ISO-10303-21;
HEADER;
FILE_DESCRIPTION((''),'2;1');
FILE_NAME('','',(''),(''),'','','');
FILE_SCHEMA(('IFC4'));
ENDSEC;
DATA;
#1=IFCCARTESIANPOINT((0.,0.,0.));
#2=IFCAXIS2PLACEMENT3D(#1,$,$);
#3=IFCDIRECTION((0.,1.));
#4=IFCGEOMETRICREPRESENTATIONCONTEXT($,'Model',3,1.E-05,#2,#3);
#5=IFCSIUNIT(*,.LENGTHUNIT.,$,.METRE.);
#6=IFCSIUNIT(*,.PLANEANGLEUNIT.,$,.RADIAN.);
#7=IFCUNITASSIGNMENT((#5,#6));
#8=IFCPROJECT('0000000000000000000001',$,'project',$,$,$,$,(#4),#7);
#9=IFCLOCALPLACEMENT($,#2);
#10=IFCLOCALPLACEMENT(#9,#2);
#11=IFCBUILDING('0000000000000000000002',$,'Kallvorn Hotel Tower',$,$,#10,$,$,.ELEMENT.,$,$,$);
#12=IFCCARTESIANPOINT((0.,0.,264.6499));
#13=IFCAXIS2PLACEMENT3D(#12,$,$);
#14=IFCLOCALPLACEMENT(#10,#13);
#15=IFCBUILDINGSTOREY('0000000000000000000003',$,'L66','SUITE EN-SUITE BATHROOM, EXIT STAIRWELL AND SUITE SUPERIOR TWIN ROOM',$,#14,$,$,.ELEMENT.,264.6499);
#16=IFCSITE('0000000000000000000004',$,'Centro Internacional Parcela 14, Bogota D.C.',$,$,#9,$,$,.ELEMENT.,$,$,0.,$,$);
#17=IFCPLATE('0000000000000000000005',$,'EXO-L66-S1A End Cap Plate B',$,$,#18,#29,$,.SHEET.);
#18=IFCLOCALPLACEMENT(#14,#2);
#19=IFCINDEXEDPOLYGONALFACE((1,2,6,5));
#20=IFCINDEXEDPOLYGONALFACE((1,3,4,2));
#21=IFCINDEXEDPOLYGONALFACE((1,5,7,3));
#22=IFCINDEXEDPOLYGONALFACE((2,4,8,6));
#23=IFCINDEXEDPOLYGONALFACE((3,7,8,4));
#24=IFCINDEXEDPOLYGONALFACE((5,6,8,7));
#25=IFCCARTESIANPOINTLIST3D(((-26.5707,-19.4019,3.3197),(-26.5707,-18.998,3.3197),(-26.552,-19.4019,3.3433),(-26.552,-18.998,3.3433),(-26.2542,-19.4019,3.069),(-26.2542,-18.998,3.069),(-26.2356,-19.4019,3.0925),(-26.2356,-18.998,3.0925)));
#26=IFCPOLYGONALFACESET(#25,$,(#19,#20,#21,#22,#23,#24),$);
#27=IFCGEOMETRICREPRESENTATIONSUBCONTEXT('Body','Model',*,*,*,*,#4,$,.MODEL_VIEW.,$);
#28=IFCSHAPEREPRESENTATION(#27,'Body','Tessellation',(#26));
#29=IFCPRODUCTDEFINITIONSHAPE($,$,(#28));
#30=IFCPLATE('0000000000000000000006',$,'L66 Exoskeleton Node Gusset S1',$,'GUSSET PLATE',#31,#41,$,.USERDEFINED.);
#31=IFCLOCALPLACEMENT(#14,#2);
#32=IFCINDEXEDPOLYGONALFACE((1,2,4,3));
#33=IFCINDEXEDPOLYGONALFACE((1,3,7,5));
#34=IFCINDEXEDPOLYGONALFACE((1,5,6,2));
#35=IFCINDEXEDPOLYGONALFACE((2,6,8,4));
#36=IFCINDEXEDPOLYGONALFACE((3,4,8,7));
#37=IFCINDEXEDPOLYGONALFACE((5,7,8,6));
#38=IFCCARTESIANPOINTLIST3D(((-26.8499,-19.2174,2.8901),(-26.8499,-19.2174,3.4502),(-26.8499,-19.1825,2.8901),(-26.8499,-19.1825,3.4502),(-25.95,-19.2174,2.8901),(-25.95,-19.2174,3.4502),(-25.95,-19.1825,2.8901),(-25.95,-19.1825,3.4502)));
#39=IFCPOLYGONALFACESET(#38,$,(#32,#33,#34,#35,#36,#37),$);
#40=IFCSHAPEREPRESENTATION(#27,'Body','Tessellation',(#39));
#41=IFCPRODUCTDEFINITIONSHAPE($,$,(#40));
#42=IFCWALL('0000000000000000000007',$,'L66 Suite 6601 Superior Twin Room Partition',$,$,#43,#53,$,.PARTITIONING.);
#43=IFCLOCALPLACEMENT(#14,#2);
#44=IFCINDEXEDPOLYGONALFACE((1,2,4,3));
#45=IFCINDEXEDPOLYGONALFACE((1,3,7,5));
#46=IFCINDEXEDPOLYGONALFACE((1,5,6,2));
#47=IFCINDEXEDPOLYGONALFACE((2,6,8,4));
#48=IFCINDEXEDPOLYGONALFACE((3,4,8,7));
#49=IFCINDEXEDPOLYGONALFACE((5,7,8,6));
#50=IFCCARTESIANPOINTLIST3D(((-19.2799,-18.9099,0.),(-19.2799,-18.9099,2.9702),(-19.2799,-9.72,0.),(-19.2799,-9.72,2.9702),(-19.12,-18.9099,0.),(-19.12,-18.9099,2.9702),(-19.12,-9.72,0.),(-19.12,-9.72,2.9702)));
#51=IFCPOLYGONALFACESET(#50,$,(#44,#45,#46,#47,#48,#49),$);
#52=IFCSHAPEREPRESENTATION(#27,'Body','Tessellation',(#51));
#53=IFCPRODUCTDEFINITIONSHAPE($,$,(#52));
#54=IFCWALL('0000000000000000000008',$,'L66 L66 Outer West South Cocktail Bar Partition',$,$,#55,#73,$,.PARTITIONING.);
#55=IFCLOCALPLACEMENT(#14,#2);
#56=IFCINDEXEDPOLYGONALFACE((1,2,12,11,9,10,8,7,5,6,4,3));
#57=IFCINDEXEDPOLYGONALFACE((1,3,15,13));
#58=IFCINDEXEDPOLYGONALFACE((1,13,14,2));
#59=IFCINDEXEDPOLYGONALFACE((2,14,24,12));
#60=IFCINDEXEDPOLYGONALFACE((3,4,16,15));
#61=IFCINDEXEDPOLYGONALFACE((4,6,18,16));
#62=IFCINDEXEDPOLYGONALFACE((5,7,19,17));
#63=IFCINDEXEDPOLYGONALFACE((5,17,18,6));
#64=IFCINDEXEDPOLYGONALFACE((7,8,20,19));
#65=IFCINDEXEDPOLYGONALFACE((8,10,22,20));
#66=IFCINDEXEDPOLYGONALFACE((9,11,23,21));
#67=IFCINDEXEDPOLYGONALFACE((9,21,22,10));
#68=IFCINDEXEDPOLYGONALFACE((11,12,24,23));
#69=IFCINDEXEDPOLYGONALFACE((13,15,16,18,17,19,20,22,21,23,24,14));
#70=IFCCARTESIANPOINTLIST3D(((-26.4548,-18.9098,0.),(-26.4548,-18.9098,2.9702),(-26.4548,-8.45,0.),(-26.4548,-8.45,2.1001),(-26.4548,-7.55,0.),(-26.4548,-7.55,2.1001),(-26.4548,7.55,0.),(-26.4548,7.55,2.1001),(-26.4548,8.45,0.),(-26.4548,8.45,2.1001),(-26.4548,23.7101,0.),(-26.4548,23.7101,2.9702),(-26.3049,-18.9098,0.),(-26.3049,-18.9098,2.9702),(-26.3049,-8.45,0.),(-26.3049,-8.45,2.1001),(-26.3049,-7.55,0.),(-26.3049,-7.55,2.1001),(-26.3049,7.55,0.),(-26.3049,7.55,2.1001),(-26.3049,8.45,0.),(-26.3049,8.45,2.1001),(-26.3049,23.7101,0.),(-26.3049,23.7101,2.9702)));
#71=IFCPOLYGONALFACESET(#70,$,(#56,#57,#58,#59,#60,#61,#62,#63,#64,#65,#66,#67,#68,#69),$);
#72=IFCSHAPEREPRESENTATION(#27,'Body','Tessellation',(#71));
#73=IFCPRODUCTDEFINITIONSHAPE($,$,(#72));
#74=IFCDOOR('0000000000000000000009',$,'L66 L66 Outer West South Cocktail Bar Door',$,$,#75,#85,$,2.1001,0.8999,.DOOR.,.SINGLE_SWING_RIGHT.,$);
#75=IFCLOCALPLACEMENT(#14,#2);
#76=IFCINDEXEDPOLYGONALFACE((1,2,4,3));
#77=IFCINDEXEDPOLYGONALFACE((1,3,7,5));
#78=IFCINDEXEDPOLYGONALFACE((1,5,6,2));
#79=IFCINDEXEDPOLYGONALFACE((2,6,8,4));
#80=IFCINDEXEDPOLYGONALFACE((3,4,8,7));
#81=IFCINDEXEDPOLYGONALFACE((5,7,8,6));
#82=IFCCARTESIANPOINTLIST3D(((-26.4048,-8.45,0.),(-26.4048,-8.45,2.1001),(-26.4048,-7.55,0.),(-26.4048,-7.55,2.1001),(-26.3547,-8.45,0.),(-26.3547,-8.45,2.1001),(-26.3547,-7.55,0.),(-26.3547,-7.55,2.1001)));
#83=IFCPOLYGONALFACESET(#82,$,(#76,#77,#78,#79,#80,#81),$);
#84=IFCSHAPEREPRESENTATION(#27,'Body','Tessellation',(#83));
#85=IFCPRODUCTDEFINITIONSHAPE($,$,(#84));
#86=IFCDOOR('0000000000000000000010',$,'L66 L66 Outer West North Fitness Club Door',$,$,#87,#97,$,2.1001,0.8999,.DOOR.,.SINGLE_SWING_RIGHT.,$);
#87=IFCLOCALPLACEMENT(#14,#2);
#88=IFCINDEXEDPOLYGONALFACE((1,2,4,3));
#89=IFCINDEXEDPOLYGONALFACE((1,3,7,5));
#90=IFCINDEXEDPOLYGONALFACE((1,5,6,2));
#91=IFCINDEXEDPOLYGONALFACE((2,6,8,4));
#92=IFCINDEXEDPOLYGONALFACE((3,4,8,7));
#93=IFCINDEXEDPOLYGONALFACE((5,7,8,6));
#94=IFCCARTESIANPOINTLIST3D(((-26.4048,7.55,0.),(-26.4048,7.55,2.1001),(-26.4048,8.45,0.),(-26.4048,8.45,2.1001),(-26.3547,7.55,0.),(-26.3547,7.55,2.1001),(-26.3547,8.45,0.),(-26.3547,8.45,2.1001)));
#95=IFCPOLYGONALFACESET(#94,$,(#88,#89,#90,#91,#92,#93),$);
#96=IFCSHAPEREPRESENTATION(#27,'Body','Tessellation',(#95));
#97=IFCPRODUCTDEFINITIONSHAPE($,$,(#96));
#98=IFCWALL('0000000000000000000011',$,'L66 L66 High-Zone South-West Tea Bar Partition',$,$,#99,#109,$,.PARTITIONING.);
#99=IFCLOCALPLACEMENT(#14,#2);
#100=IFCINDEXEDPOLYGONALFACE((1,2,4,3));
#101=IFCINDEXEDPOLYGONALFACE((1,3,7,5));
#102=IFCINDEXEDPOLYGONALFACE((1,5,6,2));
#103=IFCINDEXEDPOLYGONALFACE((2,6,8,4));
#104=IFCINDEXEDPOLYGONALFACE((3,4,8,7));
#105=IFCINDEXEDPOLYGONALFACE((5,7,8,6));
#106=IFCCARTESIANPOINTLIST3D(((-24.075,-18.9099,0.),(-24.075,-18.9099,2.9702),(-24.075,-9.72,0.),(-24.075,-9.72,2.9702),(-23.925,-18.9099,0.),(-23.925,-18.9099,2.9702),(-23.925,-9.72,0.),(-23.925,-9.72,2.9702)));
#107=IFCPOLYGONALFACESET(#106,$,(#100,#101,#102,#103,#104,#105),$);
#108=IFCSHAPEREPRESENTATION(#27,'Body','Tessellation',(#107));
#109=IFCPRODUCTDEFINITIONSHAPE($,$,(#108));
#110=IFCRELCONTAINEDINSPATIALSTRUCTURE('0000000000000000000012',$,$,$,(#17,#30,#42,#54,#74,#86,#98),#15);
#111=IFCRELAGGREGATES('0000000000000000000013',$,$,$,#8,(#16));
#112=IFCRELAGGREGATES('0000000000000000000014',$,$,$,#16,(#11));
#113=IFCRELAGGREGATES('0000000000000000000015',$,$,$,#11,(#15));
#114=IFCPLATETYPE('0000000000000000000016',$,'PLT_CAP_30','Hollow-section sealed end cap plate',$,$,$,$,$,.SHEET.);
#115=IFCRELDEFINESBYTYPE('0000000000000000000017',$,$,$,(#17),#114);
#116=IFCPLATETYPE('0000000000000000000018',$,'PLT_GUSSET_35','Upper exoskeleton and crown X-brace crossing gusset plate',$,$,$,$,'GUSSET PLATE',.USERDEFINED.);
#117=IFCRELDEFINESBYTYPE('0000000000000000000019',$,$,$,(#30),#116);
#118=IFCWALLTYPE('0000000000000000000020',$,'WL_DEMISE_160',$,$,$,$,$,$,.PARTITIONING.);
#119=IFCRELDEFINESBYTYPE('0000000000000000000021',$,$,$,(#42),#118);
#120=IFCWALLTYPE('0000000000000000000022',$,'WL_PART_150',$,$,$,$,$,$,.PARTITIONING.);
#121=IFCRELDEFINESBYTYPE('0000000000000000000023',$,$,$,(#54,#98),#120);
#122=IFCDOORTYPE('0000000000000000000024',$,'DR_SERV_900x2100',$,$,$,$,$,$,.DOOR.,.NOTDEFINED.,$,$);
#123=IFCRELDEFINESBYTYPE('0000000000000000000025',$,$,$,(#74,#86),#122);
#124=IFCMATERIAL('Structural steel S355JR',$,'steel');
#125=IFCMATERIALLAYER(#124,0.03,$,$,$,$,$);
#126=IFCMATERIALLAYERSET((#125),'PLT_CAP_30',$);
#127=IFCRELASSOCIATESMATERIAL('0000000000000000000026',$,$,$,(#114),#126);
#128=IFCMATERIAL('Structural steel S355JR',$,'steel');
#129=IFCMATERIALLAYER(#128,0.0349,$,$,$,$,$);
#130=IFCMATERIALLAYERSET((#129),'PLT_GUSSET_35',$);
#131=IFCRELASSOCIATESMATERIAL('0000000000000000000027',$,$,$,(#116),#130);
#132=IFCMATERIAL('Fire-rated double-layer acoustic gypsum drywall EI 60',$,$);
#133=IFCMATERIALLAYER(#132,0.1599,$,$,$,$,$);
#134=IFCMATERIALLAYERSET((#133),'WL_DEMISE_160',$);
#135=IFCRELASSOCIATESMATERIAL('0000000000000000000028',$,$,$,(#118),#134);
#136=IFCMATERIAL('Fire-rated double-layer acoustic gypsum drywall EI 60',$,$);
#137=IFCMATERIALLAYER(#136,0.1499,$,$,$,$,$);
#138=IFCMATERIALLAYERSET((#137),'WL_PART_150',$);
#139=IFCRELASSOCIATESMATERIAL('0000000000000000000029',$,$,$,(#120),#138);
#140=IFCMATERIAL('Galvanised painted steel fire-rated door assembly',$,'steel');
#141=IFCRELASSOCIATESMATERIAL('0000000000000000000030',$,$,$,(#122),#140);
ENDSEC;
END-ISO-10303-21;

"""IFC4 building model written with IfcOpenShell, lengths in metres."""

from ifc_helpers import new_model, si_unit, direction, frame, frame_2d, origin, origin_2d, place, context, subcontext, project, spatial, polyline, rectangle, outline, extrude, material, layer, layer_set, type_object, element, fill, save


model = new_model("IFC4")

# Units and contexts
model_context = context("Model", 3, precision=1e-05, world=origin(), true_north=direction((0.0, 1.0)))
body_context = subcontext(model_context, "Body", "Model", "MODEL_VIEW")
ifc_project = project(units=[si_unit("LENGTHUNIT", "METRE"), si_unit("PLANEANGLEUNIT", "RADIAN")], contexts=[model_context])

# Site, building, storey
site_placement = place(None, origin())
site = spatial("IfcSite", under=ifc_project, at=site_placement, Name="Centro Internacional Parcela 14, Bogota D.C.", CompositionType="ELEMENT", RefElevation=0.0)
building_placement = place(site_placement, origin())
building = spatial("IfcBuilding", under=site, at=building_placement, Name="Kallvorn Hotel Tower", CompositionType="ELEMENT")
storey_placement = place(building_placement, frame((0.0, 0.0, 264.6499)))
storey = spatial("IfcBuildingStorey", under=building, at=storey_placement, Name="L66", Description="SUITE EN-SUITE BATHROOM, EXIT STAIRWELL AND SUITE SUPERIOR TWIN ROOM", CompositionType="ELEMENT", Elevation=264.6499)

# Plates
ifc_material_1 = material(Name="Structural steel S355JR", Category="steel")
ifc_layer_1 = layer(ifc_material_1, 0.03)
ifc_layer_set_1 = layer_set([ifc_layer_1], Name="PLT_CAP_30")
plate_type_1 = type_object("IfcPlateType", Name="PLT_CAP_30", Description="Hollow-section sealed end cap plate", PredefinedType="SHEET", material=ifc_layer_set_1)
plate_1_placement = place(storey_placement, frame((-26.2356, -19.4019, 3.0925), z_axis=(0.621075, 0.0, 0.783751), x_axis=(0.0, 1.0, 0.0)))
element("IfcPlate", 1, at=plate_1_placement, inside=storey, type_object=plate_type_1, Name="EXO-L66-S1A End Cap Plate B", PredefinedType="SHEET", context=body_context, shape_type="SweptSolid", body=[
    extrude(outline(polyline([(0.0, 0.0), (0.4038, 0.0), (0.4038, 0.4037), (0.0, 0.4037), (0.0, 0.0)])), origin(), (0.0, 0.0, -1.0), 0.03),
])
ifc_material_2 = material(Name="Structural steel S355JR", Category="steel")
ifc_layer_2 = layer(ifc_material_2, 0.0349)
ifc_layer_set_2 = layer_set([ifc_layer_2], Name="PLT_GUSSET_35")
plate_type_2 = type_object("IfcPlateType", Name="PLT_GUSSET_35", Description="Upper exoskeleton and crown X-brace crossing gusset plate", ElementType="GUSSET PLATE", PredefinedType="USERDEFINED", material=ifc_layer_set_2)
plate_2_placement = place(storey_placement, frame((-26.3999, -19.2, 2.8901), z_axis=(0.0, 0.0, 1.0), x_axis=(1.0, 0.0, 0.0)))
element("IfcPlate", 2, at=plate_2_placement, inside=storey, type_object=plate_type_2, Name="L66 Exoskeleton Node Gusset S1", ObjectType="GUSSET PLATE", PredefinedType="USERDEFINED", context=body_context, shape_type="SweptSolid", body=[
    extrude(rectangle(XDim=0.8999, YDim=0.0349, at=origin_2d()), origin(), (0.0, 0.0, 1.0), 0.5601),
])

# Wall
ifc_material_3 = material(Name="Fire-rated double-layer acoustic gypsum drywall EI 60")
ifc_layer_3 = layer(ifc_material_3, 0.1599)
ifc_layer_set_3 = layer_set([ifc_layer_3], Name="WL_DEMISE_160")
wall_type_1 = type_object("IfcWallType", Name="WL_DEMISE_160", PredefinedType="PARTITIONING", material=ifc_layer_set_3)
wall_1_placement = place(storey_placement, frame((-19.2, -18.9099, 0.0), z_axis=(0.0, 0.0, 1.0), x_axis=(0.0, 1.0, 0.0)))
element("IfcWall", 3, at=wall_1_placement, inside=storey, type_object=wall_type_1, Name="L66 Suite 6601 Superior Twin Room Partition", PredefinedType="PARTITIONING", context=body_context, shape_type="SweptSolid", body=[
    extrude(rectangle(XDim=9.1899, YDim=0.1599, at=frame_2d((4.595, 0.0))), origin(), (0.0, 0.0, 1.0), 2.9702),
])

# Wall, openings, doors
ifc_material_4 = material(Name="Fire-rated double-layer acoustic gypsum drywall EI 60")
ifc_layer_4 = layer(ifc_material_4, 0.1499)
ifc_layer_set_4 = layer_set([ifc_layer_4], Name="WL_PART_150")
wall_type_2 = type_object("IfcWallType", Name="WL_PART_150", PredefinedType="PARTITIONING", material=ifc_layer_set_4)
wall_2_placement = place(storey_placement, frame((-26.3799, -18.9099, 0.0), z_axis=(0.0, 0.0, 1.0), x_axis=(0.0, 1.0, 0.0)))
wall_2 = element("IfcWall", 4, at=wall_2_placement, inside=storey, type_object=wall_type_2, Name="L66 L66 Outer West South Cocktail Bar Partition", PredefinedType="PARTITIONING", context=body_context, shape_type="SweptSolid", body=[
    extrude(rectangle(XDim=42.6199, YDim=0.1499, at=frame_2d((21.3101, 0.0))), origin(), (0.0, 0.0, 1.0), 2.9702),
])
opening_1_placement = place(wall_2_placement, frame((10.46, 0.0, 0.0)))
opening_1 = element("IfcOpeningElement", 5, at=opening_1_placement, cuts=wall_2, PredefinedType="OPENING", context=body_context, shape_type="SweptSolid", body=[
    extrude(rectangle(XDim=0.8999, YDim=2.1001, at=frame_2d((0.45, 1.05))), frame((0.0, 0.0898, 0.0), z_axis=(0.0, -1.0, 0.0), x_axis=(1.0, 0.0, 0.0)), (0.0, 0.0, 1.0), 0.1799),
])
opening_2_placement = place(wall_2_placement, frame((26.46, 0.0, 0.0)))
opening_2 = element("IfcOpeningElement", 6, at=opening_2_placement, cuts=wall_2, PredefinedType="OPENING", context=body_context, shape_type="SweptSolid", body=[
    extrude(rectangle(XDim=0.8999, YDim=2.1001, at=frame_2d((0.45, 1.05))), frame((0.0, 0.0898, 0.0), z_axis=(0.0, -1.0, 0.0), x_axis=(1.0, 0.0, 0.0)), (0.0, 0.0, 1.0), 0.1799),
])
ifc_material_5 = material(Name="Galvanised painted steel fire-rated door assembly", Category="steel")
door_type = type_object("IfcDoorType", Name="DR_SERV_900x2100", OperationType="NOTDEFINED", PredefinedType="DOOR", material=ifc_material_5)
door_1_placement = place(opening_1_placement, origin())
door_1 = element("IfcDoor", 7, at=door_1_placement, inside=storey, type_object=door_type, Name="L66 L66 Outer West South Cocktail Bar Door", OperationType="SINGLE_SWING_RIGHT", OverallHeight=2.1001, OverallWidth=0.8999, PredefinedType="DOOR", context=body_context, shape_type="SweptSolid", body=[
    extrude(rectangle(XDim=0.8999, YDim=2.1001, at=frame_2d((0.45, 1.05))), frame((0.0, 0.0249, 0.0), z_axis=(0.0, -1.0, 0.0), x_axis=(1.0, 0.0, 0.0)), (0.0, 0.0, 1.0), 0.05),
])
fill(opening_1, door_1)
door_2_placement = place(opening_2_placement, origin())
door_2 = element("IfcDoor", 8, at=door_2_placement, inside=storey, type_object=door_type, Name="L66 L66 Outer West North Fitness Club Door", OperationType="SINGLE_SWING_RIGHT", OverallHeight=2.1001, OverallWidth=0.8999, PredefinedType="DOOR", context=body_context, shape_type="SweptSolid", body=[
    extrude(rectangle(XDim=0.8999, YDim=2.1001, at=frame_2d((0.45, 1.05))), frame((0.0, 0.0249, 0.0), z_axis=(0.0, -1.0, 0.0), x_axis=(1.0, 0.0, 0.0)), (0.0, 0.0, 1.0), 0.05),
])
fill(opening_2, door_2)

# Wall
wall_3_placement = place(storey_placement, frame((-24.0, -18.9099, 0.0), z_axis=(0.0, 0.0, 1.0), x_axis=(0.0, 1.0, 0.0)))
element("IfcWall", 9, at=wall_3_placement, inside=storey, type_object=wall_type_2, Name="L66 L66 High-Zone South-West Tea Bar Partition", PredefinedType="PARTITIONING", context=body_context, shape_type="SweptSolid", body=[
    extrude(rectangle(XDim=9.1899, YDim=0.1499, at=frame_2d((4.595, 0.0))), origin(), (0.0, 0.0, 1.0), 2.9702),
])

save(model, "model.ifc")
